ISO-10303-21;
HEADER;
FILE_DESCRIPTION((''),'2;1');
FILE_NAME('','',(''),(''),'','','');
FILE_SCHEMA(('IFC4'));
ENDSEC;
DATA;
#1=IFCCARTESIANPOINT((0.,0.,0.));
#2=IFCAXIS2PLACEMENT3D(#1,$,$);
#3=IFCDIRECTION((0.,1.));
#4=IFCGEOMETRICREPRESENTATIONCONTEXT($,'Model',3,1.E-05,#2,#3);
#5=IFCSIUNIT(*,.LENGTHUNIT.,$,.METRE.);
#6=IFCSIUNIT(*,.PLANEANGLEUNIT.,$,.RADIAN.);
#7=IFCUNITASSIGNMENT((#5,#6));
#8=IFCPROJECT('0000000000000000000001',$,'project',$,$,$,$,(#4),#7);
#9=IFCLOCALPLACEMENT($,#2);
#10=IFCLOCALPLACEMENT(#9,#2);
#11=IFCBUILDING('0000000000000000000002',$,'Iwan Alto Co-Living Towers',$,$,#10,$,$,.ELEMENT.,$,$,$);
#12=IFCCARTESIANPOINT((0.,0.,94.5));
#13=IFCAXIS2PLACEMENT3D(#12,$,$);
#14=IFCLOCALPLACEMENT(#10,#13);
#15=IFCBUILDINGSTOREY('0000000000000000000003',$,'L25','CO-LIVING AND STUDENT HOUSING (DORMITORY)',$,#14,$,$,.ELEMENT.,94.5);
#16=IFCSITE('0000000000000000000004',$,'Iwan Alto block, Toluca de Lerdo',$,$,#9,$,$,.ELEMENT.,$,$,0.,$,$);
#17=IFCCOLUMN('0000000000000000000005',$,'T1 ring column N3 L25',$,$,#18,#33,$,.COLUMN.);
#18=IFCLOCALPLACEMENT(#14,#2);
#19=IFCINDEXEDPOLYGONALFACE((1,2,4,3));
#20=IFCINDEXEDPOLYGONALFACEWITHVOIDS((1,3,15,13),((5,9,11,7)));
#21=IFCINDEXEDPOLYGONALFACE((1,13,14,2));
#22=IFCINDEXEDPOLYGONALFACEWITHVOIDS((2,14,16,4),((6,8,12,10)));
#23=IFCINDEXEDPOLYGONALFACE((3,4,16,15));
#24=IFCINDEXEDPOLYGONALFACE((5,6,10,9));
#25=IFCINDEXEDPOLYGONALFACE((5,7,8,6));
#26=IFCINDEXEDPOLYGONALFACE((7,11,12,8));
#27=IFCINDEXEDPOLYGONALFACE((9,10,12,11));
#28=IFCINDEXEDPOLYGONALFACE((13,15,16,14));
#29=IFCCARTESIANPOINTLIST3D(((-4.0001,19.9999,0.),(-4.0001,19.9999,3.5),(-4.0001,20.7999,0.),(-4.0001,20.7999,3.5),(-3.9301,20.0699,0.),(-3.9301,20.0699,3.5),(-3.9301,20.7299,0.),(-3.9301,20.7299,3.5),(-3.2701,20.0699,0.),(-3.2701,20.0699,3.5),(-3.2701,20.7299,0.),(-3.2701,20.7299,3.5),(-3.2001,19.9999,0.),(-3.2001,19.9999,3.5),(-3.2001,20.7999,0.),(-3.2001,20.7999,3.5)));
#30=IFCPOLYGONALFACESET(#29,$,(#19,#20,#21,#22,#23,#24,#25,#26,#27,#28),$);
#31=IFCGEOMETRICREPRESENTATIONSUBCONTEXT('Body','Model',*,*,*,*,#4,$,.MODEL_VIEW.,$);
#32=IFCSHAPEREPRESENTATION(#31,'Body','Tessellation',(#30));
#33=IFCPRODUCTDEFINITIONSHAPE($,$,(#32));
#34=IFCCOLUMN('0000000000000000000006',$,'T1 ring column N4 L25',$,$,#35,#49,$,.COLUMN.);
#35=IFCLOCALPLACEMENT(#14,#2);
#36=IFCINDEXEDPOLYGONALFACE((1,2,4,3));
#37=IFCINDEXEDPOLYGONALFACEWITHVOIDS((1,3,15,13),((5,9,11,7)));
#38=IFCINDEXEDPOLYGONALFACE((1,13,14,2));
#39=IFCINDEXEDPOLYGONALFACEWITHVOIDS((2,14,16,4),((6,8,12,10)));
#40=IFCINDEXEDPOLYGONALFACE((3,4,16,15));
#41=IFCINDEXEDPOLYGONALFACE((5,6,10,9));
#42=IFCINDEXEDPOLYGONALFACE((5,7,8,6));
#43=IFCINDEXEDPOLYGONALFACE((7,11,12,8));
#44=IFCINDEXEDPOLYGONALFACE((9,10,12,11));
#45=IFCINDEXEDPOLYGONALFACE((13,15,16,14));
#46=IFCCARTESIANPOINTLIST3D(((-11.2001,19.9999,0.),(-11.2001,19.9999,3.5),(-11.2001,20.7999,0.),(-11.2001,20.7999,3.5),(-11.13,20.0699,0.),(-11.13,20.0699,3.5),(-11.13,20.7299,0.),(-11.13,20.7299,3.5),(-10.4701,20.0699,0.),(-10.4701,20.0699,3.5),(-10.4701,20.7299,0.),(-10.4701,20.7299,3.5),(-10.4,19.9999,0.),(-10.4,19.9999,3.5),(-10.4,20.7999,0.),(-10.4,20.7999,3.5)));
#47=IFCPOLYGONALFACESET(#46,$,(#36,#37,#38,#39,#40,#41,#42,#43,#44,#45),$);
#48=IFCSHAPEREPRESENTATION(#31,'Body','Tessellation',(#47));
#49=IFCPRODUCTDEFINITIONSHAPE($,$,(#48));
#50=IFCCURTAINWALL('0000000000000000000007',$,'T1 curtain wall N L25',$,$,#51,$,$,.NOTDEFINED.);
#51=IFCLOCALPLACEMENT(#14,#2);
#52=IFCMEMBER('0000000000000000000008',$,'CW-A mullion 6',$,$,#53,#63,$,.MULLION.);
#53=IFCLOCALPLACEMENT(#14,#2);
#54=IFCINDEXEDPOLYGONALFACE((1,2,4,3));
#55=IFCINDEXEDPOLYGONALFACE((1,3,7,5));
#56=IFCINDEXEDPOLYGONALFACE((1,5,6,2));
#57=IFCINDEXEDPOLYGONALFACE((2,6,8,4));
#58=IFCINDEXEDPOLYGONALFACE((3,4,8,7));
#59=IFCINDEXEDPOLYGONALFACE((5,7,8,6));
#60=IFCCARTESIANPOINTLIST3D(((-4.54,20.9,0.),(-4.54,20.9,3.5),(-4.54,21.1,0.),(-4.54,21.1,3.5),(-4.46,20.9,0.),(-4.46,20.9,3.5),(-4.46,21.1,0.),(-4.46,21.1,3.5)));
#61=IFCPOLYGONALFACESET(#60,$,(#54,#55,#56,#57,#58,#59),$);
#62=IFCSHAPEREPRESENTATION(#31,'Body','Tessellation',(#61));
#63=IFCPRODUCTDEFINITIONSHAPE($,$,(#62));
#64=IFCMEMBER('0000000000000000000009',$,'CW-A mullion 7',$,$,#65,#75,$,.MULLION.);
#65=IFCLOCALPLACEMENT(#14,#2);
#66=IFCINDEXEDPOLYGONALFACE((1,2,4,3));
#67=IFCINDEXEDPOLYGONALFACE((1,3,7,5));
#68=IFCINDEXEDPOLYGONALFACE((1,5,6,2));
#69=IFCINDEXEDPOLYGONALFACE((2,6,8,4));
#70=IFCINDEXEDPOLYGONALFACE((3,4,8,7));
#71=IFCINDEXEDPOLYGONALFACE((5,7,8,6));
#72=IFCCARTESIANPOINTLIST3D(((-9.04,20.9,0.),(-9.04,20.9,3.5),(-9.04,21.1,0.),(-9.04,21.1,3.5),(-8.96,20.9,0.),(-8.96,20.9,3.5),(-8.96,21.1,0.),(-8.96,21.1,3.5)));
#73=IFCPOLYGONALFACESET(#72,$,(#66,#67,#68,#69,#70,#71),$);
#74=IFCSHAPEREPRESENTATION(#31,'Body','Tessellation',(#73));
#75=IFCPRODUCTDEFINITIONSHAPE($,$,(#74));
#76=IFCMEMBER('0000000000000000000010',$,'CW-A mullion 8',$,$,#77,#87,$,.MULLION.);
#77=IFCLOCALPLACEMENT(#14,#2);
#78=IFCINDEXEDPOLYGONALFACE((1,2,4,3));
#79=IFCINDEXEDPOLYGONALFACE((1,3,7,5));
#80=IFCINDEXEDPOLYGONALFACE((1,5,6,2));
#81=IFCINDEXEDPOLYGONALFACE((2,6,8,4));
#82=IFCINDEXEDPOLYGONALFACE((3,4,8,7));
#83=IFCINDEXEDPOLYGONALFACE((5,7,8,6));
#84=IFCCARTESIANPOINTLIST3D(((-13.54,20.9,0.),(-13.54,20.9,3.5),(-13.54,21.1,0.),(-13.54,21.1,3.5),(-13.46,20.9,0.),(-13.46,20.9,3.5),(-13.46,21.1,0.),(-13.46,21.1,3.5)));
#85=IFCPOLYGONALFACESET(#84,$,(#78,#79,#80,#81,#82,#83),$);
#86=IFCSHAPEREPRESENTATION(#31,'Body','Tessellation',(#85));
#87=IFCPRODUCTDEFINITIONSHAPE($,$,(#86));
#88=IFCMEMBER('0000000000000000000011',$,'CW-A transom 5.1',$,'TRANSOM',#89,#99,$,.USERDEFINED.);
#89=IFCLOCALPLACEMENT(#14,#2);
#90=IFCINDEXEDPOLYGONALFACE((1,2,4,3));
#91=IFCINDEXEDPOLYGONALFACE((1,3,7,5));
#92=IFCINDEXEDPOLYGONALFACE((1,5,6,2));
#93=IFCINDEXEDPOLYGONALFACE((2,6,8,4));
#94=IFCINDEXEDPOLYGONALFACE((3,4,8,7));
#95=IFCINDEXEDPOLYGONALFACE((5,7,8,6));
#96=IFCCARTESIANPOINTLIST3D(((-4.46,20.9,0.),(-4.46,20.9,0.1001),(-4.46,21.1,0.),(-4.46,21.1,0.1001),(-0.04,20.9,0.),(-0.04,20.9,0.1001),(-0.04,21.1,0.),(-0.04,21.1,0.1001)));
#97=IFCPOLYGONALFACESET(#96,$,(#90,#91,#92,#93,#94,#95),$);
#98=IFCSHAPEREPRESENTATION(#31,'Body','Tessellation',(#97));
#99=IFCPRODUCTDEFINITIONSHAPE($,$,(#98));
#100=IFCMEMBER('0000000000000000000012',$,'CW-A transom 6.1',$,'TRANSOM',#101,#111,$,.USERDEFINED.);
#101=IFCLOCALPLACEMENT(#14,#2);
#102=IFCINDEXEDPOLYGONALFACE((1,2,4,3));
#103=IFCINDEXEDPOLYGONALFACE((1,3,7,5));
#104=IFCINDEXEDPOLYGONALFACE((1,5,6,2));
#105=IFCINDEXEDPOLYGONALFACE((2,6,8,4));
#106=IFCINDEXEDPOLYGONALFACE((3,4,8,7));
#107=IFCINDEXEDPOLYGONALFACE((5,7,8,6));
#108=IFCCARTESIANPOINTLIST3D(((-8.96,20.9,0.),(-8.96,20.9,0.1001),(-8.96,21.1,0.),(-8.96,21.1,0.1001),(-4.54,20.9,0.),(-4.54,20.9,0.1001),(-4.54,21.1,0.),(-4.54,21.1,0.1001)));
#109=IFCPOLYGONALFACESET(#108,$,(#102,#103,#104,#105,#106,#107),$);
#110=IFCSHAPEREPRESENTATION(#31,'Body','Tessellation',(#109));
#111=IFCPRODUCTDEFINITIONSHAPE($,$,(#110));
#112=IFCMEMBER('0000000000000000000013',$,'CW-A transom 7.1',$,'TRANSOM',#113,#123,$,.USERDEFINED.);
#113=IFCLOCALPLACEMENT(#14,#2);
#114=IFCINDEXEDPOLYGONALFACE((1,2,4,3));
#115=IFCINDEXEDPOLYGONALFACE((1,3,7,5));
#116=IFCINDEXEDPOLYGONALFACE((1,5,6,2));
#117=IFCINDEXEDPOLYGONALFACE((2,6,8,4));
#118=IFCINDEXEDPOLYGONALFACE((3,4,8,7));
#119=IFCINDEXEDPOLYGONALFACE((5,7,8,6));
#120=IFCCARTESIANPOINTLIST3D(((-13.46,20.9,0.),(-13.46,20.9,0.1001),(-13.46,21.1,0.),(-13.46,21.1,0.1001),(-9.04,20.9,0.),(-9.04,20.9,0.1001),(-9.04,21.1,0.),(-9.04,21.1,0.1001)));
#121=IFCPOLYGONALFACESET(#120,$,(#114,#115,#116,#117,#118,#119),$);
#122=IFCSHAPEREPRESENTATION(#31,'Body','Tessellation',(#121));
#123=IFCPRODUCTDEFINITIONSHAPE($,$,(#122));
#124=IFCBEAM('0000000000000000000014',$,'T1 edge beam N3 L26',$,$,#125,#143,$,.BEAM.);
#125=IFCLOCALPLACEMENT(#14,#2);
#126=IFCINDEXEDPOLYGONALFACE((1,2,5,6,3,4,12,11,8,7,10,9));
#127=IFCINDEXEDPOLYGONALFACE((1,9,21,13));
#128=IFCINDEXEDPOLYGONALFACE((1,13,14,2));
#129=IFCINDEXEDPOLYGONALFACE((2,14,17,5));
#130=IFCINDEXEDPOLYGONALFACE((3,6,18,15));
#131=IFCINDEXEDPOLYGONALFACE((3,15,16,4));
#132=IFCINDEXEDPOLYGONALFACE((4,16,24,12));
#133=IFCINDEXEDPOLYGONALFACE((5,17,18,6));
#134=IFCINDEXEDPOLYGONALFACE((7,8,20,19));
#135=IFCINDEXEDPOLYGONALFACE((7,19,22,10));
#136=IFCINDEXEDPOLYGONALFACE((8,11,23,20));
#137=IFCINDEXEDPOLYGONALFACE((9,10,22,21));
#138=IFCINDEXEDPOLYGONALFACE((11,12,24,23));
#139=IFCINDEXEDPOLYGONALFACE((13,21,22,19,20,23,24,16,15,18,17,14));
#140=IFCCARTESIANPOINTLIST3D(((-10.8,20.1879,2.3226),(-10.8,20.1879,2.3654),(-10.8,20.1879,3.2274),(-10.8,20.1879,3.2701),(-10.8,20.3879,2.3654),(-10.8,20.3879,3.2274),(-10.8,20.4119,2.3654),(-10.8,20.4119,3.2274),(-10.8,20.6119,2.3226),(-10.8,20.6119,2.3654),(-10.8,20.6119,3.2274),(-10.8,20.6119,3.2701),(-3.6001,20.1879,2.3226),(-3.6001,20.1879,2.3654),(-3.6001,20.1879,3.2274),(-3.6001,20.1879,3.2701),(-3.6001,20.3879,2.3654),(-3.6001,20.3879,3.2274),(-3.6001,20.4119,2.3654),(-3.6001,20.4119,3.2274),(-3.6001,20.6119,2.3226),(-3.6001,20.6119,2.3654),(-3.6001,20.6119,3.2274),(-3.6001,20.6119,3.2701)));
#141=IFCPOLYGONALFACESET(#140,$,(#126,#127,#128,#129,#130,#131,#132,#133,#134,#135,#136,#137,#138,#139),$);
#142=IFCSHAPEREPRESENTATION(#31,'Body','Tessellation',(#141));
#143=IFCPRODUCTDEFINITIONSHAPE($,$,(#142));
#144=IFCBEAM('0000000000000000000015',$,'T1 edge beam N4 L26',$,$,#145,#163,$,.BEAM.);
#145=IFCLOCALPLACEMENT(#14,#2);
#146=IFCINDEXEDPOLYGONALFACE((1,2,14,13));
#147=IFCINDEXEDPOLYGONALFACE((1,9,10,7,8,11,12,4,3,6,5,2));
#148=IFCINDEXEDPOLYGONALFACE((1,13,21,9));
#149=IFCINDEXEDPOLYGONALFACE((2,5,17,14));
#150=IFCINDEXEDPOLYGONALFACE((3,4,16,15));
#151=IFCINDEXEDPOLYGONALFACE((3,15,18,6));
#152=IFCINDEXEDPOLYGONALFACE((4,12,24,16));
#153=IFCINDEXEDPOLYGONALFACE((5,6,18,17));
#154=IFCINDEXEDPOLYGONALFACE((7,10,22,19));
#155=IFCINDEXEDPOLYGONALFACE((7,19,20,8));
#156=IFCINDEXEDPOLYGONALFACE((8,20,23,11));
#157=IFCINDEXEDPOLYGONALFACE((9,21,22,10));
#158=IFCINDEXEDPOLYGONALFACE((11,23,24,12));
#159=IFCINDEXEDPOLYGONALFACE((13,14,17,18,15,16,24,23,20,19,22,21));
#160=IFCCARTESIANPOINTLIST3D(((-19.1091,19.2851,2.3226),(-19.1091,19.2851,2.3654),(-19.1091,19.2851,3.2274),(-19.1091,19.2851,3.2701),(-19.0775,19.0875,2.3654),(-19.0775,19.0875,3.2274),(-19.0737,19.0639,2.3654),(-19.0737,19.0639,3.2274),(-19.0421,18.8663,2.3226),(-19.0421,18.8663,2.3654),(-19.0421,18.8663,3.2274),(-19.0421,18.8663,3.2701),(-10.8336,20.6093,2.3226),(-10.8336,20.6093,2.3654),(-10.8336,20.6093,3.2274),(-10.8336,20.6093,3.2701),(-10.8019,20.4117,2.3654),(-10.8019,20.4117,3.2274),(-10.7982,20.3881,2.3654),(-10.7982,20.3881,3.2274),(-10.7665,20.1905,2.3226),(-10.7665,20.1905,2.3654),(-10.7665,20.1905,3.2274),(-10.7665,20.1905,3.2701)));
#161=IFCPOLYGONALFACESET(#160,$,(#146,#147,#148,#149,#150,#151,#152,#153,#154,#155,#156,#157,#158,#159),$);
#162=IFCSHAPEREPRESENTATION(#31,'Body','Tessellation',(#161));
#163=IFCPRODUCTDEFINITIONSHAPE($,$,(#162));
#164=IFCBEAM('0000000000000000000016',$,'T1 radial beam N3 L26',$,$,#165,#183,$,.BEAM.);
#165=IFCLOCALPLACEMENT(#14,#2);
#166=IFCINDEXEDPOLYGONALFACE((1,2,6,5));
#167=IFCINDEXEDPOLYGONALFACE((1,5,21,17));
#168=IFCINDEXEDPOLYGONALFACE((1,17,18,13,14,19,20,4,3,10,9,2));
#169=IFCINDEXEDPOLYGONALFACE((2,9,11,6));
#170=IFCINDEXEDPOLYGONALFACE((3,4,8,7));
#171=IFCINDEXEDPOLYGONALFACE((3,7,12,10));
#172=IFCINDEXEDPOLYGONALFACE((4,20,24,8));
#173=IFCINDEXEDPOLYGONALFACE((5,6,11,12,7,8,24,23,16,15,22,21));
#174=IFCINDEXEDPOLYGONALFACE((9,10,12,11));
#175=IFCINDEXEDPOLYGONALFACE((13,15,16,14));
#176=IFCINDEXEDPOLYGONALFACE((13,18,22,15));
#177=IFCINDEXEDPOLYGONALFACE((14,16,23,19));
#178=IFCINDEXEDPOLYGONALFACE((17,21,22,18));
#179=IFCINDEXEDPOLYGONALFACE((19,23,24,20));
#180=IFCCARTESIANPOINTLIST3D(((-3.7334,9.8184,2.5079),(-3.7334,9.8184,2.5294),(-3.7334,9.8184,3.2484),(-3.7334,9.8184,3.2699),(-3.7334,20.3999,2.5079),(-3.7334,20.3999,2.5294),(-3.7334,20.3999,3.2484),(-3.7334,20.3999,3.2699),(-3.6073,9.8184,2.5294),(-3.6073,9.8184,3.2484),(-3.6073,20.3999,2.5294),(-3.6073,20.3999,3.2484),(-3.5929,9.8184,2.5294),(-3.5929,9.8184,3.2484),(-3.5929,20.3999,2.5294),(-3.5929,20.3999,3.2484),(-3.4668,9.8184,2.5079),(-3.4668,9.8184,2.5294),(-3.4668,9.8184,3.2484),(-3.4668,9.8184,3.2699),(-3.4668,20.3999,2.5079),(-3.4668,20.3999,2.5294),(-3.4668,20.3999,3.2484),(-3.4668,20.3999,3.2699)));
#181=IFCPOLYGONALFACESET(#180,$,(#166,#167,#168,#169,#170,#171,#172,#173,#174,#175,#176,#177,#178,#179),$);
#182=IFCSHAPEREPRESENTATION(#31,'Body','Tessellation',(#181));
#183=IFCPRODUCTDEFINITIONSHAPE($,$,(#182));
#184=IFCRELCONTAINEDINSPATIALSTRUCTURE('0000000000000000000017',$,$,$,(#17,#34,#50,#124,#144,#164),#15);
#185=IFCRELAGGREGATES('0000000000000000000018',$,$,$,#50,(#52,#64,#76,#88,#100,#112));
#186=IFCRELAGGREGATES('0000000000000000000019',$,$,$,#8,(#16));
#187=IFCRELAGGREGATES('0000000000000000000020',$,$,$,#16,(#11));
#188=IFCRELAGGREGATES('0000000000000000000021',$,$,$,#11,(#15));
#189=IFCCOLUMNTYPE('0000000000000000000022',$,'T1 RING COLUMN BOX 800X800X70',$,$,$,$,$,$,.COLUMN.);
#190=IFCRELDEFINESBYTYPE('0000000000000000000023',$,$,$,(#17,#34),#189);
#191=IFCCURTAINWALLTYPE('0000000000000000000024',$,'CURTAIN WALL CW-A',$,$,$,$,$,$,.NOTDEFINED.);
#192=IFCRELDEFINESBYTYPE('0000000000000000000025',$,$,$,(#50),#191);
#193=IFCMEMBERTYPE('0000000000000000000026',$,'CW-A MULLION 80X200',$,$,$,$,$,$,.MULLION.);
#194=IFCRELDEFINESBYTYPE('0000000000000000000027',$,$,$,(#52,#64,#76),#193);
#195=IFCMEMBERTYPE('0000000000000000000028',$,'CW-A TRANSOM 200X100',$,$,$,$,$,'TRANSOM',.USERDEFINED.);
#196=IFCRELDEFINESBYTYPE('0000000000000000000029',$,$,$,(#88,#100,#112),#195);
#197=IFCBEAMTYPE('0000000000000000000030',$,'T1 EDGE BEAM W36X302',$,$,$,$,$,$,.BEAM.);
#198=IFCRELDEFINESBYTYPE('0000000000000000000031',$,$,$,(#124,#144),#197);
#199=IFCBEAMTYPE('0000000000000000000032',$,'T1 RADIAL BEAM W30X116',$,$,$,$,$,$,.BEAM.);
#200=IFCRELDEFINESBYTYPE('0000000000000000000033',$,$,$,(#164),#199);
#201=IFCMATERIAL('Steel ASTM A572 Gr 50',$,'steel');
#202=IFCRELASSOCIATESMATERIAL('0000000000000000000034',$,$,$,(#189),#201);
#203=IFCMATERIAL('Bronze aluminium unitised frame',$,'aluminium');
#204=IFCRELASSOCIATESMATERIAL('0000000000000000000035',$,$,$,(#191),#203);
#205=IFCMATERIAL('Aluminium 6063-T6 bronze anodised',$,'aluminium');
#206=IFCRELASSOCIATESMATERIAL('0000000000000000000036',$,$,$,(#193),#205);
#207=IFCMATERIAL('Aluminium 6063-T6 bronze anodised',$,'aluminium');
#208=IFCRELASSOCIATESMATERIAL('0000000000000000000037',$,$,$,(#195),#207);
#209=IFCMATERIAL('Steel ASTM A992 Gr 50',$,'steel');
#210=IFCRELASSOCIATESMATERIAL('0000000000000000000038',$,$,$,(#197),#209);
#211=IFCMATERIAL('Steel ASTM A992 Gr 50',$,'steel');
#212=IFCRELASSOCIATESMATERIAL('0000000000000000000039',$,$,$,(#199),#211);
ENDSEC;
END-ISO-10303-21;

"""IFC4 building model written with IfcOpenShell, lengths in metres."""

from ifc_helpers import new_model, si_unit, direction, frame, origin, origin_2d, place, context, subcontext, project, spatial, rectangle, hollow_rectangle, i_section, extrude, material, material_profile, profile_set, type_object, element, aggregate, save


model = new_model("IFC4")

# Units and contexts
model_context = context("Model", 3, precision=1e-05, world=origin(), true_north=direction((0.0, 1.0)))
body_context = subcontext(model_context, "Body", "Model", "MODEL_VIEW")
ifc_project = project(units=[si_unit("LENGTHUNIT", "METRE"), si_unit("PLANEANGLEUNIT", "RADIAN")], contexts=[model_context])

# Site, building, storey
site_placement = place(None, origin())
site = spatial("IfcSite", under=ifc_project, at=site_placement, Name="Iwan Alto block, Toluca de Lerdo", CompositionType="ELEMENT", RefElevation=0.0)
building_placement = place(site_placement, origin())
building = spatial("IfcBuilding", under=site, at=building_placement, Name="Iwan Alto Co-Living Towers", CompositionType="ELEMENT")
storey_placement = place(building_placement, frame((0.0, 0.0, 94.5)))
storey = spatial("IfcBuildingStorey", under=building, at=storey_placement, Name="L25", Description="CO-LIVING AND STUDENT HOUSING (DORMITORY)", CompositionType="ELEMENT", Elevation=94.5)

# Columns
ifc_material_1 = material(Name="Steel ASTM A572 Gr 50", Category="steel")
ifc_material_profile_1 = material_profile(ifc_material_1, hollow_rectangle(XDim=0.8, YDim=0.8, WallThickness=0.0701, at=origin_2d()), Name="BOX 800X800X70")
ifc_profile_set_1 = profile_set([ifc_material_profile_1], Name="Steel ASTM A572 Gr 50")
column_type = type_object("IfcColumnType", Name="T1 RING COLUMN BOX 800X800X70", PredefinedType="COLUMN", material=ifc_profile_set_1)
for number, where, z_axis, x_axis, name in (
    (1, (-3.6001, 20.3999, 0.0), (0.0, 0.0, 1.0), (1.0, 0.0, 0.0), "T1 ring column N3 L25"),
    (2, (-10.8, 20.3999, 0.0), (0.0, 0.0, 1.0), (1.0, 0.0, 0.0), "T1 ring column N4 L25"),
):
    element("IfcColumn", number, at=place(storey_placement, frame(where, z_axis=z_axis, x_axis=x_axis)), inside=storey, type_object=column_type, Name=name, PredefinedType="COLUMN", context=body_context, shape_type="SweptSolid", body=[
        extrude(hollow_rectangle(XDim=0.8, YDim=0.8, WallThickness=0.0701, at=origin_2d()), origin(), (0.0, 0.0, 1.0), 3.5),
    ])

# Curtain wall, members
ifc_material_2 = material(Name="Bronze aluminium unitised frame", Category="aluminium")
curtain_wall_type = type_object("IfcCurtainWallType", Name="CURTAIN WALL CW-A", PredefinedType="NOTDEFINED", material=ifc_material_2)
curtain_wall_placement = place(storey_placement, origin())
curtain_wall = element("IfcCurtainWall", 3, at=curtain_wall_placement, inside=storey, type_object=curtain_wall_type, Name="T1 curtain wall N L25", PredefinedType="NOTDEFINED")
ifc_material_3 = material(Name="Aluminium 6063-T6 bronze anodised", Category="aluminium")
ifc_material_profile_2 = material_profile(ifc_material_3, rectangle(XDim=0.2, YDim=0.0801, at=origin_2d()), Name="AL 80X200")
ifc_profile_set_2 = profile_set([ifc_material_profile_2], Name="Aluminium 6063-T6 bronze anodised")
member_type_1 = type_object("IfcMemberType", Name="CW-A MULLION 80X200", PredefinedType="MULLION", material=ifc_profile_set_2)
member_1_placement = place(storey_placement, frame((-4.5, 21.0, 0.0), z_axis=(0.0, 0.0, 1.0), x_axis=(0.0, -1.0, 0.0)))
member_1 = element("IfcMember", 4, at=member_1_placement, type_object=member_type_1, Name="CW-A mullion 6", PredefinedType="MULLION", context=body_context, shape_type="SweptSolid", body=[
    extrude(rectangle(XDim=0.2, YDim=0.0801, at=origin_2d()), origin(), (0.0, 0.0, 1.0), 3.5),
])
member_2_placement = place(storey_placement, frame((-9.0, 21.0, 0.0), z_axis=(0.0, 0.0, 1.0), x_axis=(0.0, -1.0, 0.0)))
member_2 = element("IfcMember", 5, at=member_2_placement, type_object=member_type_1, Name="CW-A mullion 7", PredefinedType="MULLION", context=body_context, shape_type="SweptSolid", body=[
    extrude(rectangle(XDim=0.2, YDim=0.0801, at=origin_2d()), origin(), (0.0, 0.0, 1.0), 3.5),
])
member_3_placement = place(storey_placement, frame((-13.5, 21.0, 0.0), z_axis=(0.0, 0.0, 1.0), x_axis=(0.0, -1.0, 0.0)))
member_3 = element("IfcMember", 6, at=member_3_placement, type_object=member_type_1, Name="CW-A mullion 8", PredefinedType="MULLION", context=body_context, shape_type="SweptSolid", body=[
    extrude(rectangle(XDim=0.2, YDim=0.0801, at=origin_2d()), origin(), (0.0, 0.0, 1.0), 3.5),
])
ifc_material_4 = material(Name="Aluminium 6063-T6 bronze anodised", Category="aluminium")
ifc_material_profile_3 = material_profile(ifc_material_4, rectangle(XDim=0.2, YDim=0.1001, at=origin_2d()), Name="AL 200X100")
ifc_profile_set_3 = profile_set([ifc_material_profile_3], Name="Aluminium 6063-T6 bronze anodised")
member_type_2 = type_object("IfcMemberType", Name="CW-A TRANSOM 200X100", ElementType="TRANSOM", PredefinedType="USERDEFINED", material=ifc_profile_set_3)
member_4_placement = place(storey_placement, frame((-0.04, 21.0, 0.05), z_axis=(-1.0, 0.0, 0.0), x_axis=(0.0, -1.0, 0.0)))
member_4 = element("IfcMember", 7, at=member_4_placement, type_object=member_type_2, Name="CW-A transom 5.1", ObjectType="TRANSOM", PredefinedType="USERDEFINED", context=body_context, shape_type="SweptSolid", body=[
    extrude(rectangle(XDim=0.2, YDim=0.1001, at=origin_2d()), origin(), (0.0, 0.0, 1.0), 4.4199),
])
member_5_placement = place(storey_placement, frame((-4.54, 21.0, 0.05), z_axis=(-1.0, 0.0, 0.0), x_axis=(0.0, -1.0, 0.0)))
member_5 = element("IfcMember", 8, at=member_5_placement, type_object=member_type_2, Name="CW-A transom 6.1", ObjectType="TRANSOM", PredefinedType="USERDEFINED", context=body_context, shape_type="SweptSolid", body=[
    extrude(rectangle(XDim=0.2, YDim=0.1001, at=origin_2d()), origin(), (0.0, 0.0, 1.0), 4.4199),
])
member_6_placement = place(storey_placement, frame((-9.04, 21.0, 0.05), z_axis=(-1.0, 0.0, 0.0), x_axis=(0.0, -1.0, 0.0)))
member_6 = element("IfcMember", 9, at=member_6_placement, type_object=member_type_2, Name="CW-A transom 7.1", ObjectType="TRANSOM", PredefinedType="USERDEFINED", context=body_context, shape_type="SweptSolid", body=[
    extrude(rectangle(XDim=0.2, YDim=0.1001, at=origin_2d()), origin(), (0.0, 0.0, 1.0), 4.4199),
])

# Beams
ifc_material_5 = material(Name="Steel ASTM A992 Gr 50", Category="steel")
ifc_material_profile_4 = material_profile(ifc_material_5, i_section(OverallWidth=0.4241, OverallDepth=0.9475, WebThickness=0.0239, FlangeThickness=0.0427, at=origin_2d()), Name="W36X302")
ifc_profile_set_4 = profile_set([ifc_material_profile_4], Name="Steel ASTM A992 Gr 50")
beam_type_1 = type_object("IfcBeamType", Name="T1 EDGE BEAM W36X302", PredefinedType="BEAM", material=ifc_profile_set_4)
beam_1_placement = place(storey_placement, frame((-3.6001, 20.3999, 2.7964), z_axis=(-1.0, 0.0, 0.0), x_axis=(0.0, -1.0, 0.0)))
element("IfcBeam", 10, at=beam_1_placement, inside=storey, type_object=beam_type_1, Name="T1 edge beam N3 L26", PredefinedType="BEAM", context=body_context, shape_type="SweptSolid", body=[
    extrude(i_section(OverallWidth=0.4241, OverallDepth=0.9475, WebThickness=0.0239, FlangeThickness=0.0427, at=origin_2d()), origin(), (0.0, 0.0, 1.0), 7.2),
])
beam_2_placement = place(storey_placement, frame((-10.8, 20.3999, 2.7964), z_axis=(-0.987438, -0.158004, 0.0), x_axis=(0.158004, -0.987438, 0.0)))
element("IfcBeam", 11, at=beam_2_placement, inside=storey, type_object=beam_type_1, Name="T1 edge beam N4 L26", PredefinedType="BEAM", context=body_context, shape_type="SweptSolid", body=[
    extrude(i_section(OverallWidth=0.4241, OverallDepth=0.9475, WebThickness=0.0239, FlangeThickness=0.0427, at=origin_2d()), origin(), (0.0, 0.0, 1.0), 8.3809),
])
ifc_material_6 = material(Name="Steel ASTM A992 Gr 50", Category="steel")
ifc_material_profile_5 = material_profile(ifc_material_6, i_section(OverallWidth=0.2666, OverallDepth=0.762, WebThickness=0.0144, FlangeThickness=0.0215, at=origin_2d()), Name="W30X116")
ifc_profile_set_5 = profile_set([ifc_material_profile_5], Name="Steel ASTM A992 Gr 50")
beam_type_2 = type_object("IfcBeamType", Name="T1 RADIAL BEAM W30X116", PredefinedType="BEAM", material=ifc_profile_set_5)
beam_3_placement = place(storey_placement, frame((-3.6001, 20.3999, 2.8889), z_axis=(0.0, -1.0, 0.0), x_axis=(1.0, 0.0, 0.0)))
element("IfcBeam", 12, at=beam_3_placement, inside=storey, type_object=beam_type_2, Name="T1 radial beam N3 L26", PredefinedType="BEAM", context=body_context, shape_type="SweptSolid", body=[
    extrude(i_section(OverallWidth=0.2666, OverallDepth=0.762, WebThickness=0.0144, FlangeThickness=0.0215, at=origin_2d()), origin(), (0.0, 0.0, 1.0), 10.5815),
])

aggregate(curtain_wall, [member_1, member_2, member_3, member_4, member_5, member_6])

save(model, "model.ifc")
